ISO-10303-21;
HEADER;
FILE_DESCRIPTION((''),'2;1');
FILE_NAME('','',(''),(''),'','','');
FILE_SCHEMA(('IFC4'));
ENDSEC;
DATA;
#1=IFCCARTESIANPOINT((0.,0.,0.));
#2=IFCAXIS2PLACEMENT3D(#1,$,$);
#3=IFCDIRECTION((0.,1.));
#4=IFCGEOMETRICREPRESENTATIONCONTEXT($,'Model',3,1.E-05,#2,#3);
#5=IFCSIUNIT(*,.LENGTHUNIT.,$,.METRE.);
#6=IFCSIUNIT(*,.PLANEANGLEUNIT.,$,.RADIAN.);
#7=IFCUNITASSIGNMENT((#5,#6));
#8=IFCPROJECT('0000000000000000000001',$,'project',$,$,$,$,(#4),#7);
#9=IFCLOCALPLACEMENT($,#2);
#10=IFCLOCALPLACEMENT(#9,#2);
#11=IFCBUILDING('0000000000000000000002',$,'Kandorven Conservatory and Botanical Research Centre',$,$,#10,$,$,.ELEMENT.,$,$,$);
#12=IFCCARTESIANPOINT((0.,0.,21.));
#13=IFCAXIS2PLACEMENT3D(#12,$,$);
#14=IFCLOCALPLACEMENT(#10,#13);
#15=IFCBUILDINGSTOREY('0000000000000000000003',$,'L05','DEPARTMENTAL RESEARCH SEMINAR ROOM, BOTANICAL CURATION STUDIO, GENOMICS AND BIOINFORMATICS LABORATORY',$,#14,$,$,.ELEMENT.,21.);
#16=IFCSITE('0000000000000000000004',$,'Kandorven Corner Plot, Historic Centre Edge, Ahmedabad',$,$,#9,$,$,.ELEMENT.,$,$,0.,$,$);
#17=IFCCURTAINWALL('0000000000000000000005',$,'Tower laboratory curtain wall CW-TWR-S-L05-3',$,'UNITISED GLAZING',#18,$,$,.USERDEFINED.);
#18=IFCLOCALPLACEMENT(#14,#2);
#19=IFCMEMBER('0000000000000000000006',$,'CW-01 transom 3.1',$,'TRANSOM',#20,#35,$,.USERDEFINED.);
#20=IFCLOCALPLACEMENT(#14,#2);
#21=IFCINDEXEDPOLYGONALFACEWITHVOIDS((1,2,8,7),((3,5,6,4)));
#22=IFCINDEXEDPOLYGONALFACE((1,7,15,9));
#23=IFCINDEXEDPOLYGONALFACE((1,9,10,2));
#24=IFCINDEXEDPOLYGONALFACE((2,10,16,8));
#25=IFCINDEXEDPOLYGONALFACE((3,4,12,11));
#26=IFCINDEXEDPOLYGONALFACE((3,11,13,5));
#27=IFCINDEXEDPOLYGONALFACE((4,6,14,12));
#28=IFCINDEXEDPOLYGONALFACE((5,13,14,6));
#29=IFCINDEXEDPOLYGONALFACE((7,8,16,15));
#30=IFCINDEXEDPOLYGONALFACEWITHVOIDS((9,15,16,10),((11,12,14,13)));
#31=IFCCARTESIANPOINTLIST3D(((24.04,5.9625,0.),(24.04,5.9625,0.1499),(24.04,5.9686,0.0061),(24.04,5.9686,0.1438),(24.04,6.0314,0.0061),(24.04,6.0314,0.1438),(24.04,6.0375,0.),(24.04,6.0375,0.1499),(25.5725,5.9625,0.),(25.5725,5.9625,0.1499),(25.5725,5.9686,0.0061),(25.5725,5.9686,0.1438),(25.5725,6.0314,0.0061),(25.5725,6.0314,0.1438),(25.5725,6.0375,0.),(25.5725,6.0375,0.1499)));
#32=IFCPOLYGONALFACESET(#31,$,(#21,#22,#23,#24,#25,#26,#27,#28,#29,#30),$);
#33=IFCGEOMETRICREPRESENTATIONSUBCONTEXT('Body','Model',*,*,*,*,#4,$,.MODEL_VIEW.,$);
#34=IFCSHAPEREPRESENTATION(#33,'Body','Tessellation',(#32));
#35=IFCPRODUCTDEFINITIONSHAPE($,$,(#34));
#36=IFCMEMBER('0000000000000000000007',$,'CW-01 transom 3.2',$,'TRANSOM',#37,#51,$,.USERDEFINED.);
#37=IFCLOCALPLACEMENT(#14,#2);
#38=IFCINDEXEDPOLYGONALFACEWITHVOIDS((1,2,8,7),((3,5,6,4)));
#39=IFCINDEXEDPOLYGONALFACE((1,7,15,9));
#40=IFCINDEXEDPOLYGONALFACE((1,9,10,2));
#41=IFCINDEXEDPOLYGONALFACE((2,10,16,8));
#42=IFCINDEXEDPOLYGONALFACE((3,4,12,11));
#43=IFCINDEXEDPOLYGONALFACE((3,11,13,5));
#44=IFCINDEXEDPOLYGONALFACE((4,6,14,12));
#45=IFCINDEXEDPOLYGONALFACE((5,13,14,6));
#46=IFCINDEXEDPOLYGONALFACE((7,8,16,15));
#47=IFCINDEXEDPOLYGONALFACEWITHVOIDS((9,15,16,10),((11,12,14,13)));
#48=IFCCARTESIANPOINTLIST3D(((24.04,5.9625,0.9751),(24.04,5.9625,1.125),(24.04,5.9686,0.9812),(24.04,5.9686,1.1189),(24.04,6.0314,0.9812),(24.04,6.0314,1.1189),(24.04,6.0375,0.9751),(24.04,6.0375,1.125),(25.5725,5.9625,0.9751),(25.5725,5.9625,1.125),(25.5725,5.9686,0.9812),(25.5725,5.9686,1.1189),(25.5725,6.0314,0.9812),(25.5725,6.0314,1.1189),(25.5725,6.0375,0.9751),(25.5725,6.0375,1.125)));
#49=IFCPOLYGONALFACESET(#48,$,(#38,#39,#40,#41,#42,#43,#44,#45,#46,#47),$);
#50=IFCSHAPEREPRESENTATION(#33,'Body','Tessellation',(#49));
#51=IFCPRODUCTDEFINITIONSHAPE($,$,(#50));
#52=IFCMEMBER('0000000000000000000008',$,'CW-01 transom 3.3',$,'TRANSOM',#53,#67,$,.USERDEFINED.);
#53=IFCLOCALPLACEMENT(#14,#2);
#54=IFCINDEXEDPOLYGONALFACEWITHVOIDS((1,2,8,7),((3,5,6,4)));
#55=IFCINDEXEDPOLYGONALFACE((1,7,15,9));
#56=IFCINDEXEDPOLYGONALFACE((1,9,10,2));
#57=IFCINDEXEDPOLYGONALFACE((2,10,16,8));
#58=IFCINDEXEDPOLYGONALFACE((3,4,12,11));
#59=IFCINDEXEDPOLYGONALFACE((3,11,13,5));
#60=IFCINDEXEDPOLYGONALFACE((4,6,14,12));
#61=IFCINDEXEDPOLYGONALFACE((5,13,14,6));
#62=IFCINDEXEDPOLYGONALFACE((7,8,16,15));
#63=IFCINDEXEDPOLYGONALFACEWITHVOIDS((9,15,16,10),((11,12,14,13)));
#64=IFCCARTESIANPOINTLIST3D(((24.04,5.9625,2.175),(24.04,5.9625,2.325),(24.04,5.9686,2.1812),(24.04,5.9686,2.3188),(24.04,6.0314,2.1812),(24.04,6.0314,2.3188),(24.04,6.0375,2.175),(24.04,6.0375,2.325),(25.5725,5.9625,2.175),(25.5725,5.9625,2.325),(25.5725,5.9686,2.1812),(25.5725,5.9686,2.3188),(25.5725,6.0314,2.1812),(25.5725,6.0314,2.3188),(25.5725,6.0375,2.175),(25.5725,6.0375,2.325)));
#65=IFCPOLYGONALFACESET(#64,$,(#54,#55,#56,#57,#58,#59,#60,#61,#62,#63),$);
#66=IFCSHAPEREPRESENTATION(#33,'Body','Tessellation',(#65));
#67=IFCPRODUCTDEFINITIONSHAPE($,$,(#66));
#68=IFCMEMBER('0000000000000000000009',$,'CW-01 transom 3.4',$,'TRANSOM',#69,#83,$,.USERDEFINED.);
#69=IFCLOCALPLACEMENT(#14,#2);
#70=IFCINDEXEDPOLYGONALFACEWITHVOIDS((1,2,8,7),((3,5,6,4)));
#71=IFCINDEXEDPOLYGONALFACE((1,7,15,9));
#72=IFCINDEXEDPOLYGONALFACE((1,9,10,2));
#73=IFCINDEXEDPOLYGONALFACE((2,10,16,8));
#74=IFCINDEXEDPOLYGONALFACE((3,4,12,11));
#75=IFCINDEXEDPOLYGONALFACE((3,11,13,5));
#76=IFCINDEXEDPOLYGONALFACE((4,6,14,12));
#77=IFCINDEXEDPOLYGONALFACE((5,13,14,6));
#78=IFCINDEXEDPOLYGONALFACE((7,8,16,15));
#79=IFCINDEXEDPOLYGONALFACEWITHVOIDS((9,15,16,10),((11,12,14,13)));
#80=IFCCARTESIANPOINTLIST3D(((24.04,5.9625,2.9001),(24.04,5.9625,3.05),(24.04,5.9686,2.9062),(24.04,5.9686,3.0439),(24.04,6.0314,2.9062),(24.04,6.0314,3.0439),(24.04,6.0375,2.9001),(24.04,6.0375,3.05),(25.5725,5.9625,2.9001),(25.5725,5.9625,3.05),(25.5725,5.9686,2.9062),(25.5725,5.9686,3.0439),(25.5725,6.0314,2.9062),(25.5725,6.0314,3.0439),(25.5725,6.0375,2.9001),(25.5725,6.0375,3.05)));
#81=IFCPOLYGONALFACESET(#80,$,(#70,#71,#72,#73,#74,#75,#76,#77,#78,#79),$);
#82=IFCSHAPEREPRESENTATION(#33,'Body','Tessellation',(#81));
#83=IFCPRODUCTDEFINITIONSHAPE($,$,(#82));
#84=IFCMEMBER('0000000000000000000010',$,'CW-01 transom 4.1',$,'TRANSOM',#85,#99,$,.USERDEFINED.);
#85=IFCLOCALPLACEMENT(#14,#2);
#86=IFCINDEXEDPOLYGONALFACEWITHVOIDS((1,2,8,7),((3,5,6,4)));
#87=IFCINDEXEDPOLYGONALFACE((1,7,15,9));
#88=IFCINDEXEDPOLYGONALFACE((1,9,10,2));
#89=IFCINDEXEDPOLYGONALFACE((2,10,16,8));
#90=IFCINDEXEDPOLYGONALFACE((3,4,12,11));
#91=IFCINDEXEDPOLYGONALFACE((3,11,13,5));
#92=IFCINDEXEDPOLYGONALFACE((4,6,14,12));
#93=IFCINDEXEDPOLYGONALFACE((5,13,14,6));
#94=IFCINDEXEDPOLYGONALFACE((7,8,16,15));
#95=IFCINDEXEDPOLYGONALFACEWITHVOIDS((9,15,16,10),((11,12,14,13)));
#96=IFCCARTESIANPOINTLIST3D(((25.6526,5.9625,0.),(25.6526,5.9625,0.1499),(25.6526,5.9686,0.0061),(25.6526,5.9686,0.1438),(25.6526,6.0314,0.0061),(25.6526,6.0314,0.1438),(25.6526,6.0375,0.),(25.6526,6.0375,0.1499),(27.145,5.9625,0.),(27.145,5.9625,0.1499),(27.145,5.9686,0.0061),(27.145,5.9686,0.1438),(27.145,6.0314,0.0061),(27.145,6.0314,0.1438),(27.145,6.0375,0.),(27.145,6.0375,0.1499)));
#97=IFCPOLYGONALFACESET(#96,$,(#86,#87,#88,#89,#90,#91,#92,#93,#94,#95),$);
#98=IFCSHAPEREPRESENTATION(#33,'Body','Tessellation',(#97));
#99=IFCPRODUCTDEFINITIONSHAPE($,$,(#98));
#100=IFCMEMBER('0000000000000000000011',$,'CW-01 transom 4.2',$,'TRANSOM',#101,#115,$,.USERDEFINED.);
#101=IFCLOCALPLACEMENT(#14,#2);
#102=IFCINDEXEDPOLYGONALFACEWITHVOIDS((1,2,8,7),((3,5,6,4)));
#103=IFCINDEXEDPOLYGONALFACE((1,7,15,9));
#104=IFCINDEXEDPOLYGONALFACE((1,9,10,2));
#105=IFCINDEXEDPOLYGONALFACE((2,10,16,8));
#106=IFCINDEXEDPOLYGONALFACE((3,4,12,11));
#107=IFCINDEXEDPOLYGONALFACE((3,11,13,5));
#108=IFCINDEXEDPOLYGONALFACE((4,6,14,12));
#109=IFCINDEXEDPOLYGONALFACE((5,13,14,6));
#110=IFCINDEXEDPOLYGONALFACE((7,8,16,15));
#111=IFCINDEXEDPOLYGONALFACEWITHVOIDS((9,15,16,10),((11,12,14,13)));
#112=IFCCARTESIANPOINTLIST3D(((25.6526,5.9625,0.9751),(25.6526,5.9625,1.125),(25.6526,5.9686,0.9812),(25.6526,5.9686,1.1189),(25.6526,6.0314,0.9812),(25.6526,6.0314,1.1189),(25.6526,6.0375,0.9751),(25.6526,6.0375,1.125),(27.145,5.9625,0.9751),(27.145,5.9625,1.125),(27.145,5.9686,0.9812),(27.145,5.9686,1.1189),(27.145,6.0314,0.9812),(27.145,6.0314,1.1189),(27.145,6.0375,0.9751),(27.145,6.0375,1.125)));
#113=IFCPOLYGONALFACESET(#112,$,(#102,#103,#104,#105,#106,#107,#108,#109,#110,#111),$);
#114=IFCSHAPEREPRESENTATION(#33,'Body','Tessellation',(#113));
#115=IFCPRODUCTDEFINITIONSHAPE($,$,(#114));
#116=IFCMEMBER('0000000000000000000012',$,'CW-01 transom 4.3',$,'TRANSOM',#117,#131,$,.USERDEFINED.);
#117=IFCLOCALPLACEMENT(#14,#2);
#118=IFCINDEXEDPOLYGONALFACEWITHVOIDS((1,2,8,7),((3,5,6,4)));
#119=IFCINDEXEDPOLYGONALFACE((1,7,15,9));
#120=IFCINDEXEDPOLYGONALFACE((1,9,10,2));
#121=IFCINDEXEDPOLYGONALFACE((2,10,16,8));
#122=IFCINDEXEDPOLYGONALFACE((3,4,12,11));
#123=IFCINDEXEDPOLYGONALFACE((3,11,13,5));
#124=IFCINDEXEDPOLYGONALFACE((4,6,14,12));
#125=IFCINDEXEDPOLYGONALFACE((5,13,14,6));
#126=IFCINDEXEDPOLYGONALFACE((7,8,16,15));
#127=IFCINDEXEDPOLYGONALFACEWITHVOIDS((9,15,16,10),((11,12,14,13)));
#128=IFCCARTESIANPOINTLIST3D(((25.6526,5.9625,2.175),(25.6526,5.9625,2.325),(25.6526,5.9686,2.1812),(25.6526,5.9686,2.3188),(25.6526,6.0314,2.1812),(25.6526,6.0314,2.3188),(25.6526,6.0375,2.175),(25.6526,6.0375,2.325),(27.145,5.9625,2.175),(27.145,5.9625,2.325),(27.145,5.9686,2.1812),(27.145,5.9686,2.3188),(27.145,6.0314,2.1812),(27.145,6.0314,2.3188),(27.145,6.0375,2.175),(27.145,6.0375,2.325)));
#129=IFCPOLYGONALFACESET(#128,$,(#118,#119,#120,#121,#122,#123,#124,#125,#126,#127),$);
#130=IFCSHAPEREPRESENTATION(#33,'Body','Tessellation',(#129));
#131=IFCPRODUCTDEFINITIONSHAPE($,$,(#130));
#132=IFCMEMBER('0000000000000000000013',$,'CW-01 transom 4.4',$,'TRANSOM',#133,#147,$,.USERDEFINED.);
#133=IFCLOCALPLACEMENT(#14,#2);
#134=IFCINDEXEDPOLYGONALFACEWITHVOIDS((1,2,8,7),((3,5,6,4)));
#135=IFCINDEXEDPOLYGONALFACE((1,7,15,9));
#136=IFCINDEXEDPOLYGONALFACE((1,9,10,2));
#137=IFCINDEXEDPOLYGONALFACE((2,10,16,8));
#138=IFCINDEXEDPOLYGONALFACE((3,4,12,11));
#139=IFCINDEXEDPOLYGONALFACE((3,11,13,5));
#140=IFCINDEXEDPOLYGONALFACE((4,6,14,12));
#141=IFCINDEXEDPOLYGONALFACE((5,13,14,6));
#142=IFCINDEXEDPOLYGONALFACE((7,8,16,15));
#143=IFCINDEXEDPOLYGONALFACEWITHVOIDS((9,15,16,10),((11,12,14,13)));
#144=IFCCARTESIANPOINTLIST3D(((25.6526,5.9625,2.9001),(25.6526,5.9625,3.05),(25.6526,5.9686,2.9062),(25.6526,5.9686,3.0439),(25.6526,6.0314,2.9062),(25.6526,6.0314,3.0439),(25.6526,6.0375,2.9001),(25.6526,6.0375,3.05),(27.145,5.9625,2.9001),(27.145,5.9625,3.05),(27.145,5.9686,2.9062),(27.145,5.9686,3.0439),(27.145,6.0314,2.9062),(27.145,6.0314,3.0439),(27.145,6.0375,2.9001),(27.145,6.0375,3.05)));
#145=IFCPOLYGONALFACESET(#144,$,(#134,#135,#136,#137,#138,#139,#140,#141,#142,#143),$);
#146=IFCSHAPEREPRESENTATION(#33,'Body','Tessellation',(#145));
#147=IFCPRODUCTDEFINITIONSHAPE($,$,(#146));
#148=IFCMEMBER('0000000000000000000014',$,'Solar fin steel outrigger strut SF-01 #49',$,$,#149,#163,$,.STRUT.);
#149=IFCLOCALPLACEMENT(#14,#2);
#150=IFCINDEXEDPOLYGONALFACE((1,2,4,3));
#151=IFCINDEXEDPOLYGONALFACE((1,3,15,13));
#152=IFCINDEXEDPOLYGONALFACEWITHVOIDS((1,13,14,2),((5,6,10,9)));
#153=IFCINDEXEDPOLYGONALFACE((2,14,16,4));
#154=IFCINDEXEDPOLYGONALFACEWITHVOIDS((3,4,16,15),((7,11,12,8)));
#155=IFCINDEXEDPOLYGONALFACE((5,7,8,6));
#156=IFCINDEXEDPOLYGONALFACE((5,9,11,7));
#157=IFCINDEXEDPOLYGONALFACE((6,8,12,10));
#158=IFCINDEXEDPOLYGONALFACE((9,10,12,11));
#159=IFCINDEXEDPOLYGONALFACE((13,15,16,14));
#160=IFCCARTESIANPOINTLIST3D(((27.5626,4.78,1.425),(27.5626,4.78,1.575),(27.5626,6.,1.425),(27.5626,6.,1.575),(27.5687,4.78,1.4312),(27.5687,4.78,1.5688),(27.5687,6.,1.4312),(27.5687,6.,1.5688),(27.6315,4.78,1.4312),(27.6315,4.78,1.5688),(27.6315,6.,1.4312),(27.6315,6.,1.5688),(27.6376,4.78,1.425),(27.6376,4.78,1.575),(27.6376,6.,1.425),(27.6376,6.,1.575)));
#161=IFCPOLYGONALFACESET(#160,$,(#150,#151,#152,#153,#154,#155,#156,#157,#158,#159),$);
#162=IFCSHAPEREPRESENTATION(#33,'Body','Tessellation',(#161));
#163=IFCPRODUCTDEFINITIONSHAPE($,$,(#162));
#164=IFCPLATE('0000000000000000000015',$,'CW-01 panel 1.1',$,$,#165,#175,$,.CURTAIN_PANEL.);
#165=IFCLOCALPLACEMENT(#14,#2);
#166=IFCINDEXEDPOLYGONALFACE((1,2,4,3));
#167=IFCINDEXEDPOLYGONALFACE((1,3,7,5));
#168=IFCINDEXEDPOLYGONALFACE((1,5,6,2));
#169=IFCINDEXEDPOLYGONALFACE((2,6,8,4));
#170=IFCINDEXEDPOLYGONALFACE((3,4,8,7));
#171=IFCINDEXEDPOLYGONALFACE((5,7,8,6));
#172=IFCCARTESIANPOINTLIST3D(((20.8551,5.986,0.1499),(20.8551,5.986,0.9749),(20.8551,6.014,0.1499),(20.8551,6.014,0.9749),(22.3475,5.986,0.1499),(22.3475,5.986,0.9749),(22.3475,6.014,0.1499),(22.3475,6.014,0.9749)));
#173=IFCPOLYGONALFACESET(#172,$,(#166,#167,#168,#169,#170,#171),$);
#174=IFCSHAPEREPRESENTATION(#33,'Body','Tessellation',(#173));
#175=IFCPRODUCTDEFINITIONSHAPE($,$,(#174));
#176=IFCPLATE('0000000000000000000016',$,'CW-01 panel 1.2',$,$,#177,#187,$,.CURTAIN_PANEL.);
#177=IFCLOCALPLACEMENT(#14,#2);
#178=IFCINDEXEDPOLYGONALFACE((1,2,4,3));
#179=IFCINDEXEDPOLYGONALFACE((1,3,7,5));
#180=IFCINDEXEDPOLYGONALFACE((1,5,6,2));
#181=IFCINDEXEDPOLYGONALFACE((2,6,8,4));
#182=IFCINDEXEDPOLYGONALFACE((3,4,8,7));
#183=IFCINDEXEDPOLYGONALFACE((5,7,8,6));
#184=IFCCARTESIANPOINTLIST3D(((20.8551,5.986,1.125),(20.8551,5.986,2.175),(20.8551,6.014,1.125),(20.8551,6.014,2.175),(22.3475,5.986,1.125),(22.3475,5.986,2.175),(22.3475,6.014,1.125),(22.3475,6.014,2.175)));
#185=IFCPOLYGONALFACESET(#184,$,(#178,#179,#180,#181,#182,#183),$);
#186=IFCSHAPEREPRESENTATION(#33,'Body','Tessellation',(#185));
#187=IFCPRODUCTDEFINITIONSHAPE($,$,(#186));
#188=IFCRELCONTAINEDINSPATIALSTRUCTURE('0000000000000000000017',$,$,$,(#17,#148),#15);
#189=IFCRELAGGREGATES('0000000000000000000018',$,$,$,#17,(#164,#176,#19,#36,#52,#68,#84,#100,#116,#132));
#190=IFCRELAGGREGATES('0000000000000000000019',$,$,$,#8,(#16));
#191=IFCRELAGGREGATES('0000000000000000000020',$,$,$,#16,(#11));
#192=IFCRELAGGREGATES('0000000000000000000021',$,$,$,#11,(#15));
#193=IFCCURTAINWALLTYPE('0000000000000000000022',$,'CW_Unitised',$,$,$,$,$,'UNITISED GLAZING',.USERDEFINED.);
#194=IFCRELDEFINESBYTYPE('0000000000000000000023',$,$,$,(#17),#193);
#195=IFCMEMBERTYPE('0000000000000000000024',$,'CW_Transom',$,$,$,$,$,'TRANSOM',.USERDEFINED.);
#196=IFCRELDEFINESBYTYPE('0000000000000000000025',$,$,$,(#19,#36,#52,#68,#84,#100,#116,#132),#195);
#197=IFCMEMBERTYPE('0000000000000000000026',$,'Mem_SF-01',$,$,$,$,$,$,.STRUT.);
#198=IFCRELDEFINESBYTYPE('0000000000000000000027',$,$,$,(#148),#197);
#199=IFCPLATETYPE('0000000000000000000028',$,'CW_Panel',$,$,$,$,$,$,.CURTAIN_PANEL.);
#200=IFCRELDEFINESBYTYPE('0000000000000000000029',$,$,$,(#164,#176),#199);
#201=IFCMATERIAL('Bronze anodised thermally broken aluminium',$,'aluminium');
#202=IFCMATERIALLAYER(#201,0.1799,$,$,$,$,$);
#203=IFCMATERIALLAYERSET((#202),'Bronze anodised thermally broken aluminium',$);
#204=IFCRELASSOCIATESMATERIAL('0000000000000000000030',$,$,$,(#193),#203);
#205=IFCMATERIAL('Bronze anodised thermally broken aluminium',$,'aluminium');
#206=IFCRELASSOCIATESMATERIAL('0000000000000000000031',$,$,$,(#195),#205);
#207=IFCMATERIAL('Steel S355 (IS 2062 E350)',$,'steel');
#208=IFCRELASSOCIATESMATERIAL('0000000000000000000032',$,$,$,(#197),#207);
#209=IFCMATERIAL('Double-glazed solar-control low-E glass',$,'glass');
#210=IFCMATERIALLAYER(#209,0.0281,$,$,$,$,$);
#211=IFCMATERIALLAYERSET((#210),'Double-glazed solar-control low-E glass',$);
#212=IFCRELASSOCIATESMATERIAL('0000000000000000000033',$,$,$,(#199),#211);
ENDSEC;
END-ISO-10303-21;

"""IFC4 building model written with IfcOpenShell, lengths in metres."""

from ifc_helpers import new_model, si_unit, direction, frame, origin, origin_2d, place, context, subcontext, project, spatial, rectangle, hollow_rectangle, extrude, material, layer, layer_set, material_profile, profile_set, type_object, element, aggregate, save


model = new_model("IFC4")

# Units and contexts
model_context = context("Model", 3, precision=1e-05, world=origin(), true_north=direction((0.0, 1.0)))
body_context = subcontext(model_context, "Body", "Model", "MODEL_VIEW")
ifc_project = project(units=[si_unit("LENGTHUNIT", "METRE"), si_unit("PLANEANGLEUNIT", "RADIAN")], contexts=[model_context])

# Site, building, storey
site_placement = place(None, origin())
site = spatial("IfcSite", under=ifc_project, at=site_placement, Name="Kandorven Corner Plot, Historic Centre Edge, Ahmedabad", CompositionType="ELEMENT", RefElevation=0.0)
building_placement = place(site_placement, origin())
building = spatial("IfcBuilding", under=site, at=building_placement, Name="Kandorven Conservatory and Botanical Research Centre", CompositionType="ELEMENT")
storey_placement = place(building_placement, frame((0.0, 0.0, 21.0)))
storey = spatial("IfcBuildingStorey", under=building, at=storey_placement, Name="L05", Description="DEPARTMENTAL RESEARCH SEMINAR ROOM, BOTANICAL CURATION STUDIO, GENOMICS AND BIOINFORMATICS LABORATORY", CompositionType="ELEMENT", Elevation=21.0)

# Curtain wall, members
ifc_material_1 = material(Name="Bronze anodised thermally broken aluminium", Category="aluminium")
ifc_layer_1 = layer(ifc_material_1, 0.1799)
ifc_layer_set_1 = layer_set([ifc_layer_1], Name="Bronze anodised thermally broken aluminium")
curtain_wall_type = type_object("IfcCurtainWallType", Name="CW_Unitised", ElementType="UNITISED GLAZING", PredefinedType="USERDEFINED", material=ifc_layer_set_1)
curtain_wall_placement = place(storey_placement, origin())
curtain_wall = element("IfcCurtainWall", 1, at=curtain_wall_placement, inside=storey, type_object=curtain_wall_type, Name="Tower laboratory curtain wall CW-TWR-S-L05-3", ObjectType="UNITISED GLAZING", PredefinedType="USERDEFINED")
ifc_material_2 = material(Name="Bronze anodised thermally broken aluminium", Category="aluminium")
ifc_material_profile_1 = material_profile(ifc_material_2, hollow_rectangle(XDim=0.075, YDim=0.1499, WallThickness=0.0061, at=origin_2d()))
ifc_profile_set_1 = profile_set([ifc_material_profile_1], Name="Bronze anodised thermally broken aluminium")
member_type_1 = type_object("IfcMemberType", Name="CW_Transom", ElementType="TRANSOM", PredefinedType="USERDEFINED", material=ifc_profile_set_1)
member_1_placement = place(storey_placement, frame((24.04, 6.0, 0.075), z_axis=(1.0, 0.0, 0.0), x_axis=(0.0, 1.0, 0.0)))
member_1 = element("IfcMember", 2, at=member_1_placement, type_object=member_type_1, Name="CW-01 transom 3.1", ObjectType="TRANSOM", PredefinedType="USERDEFINED", context=body_context, shape_type="SweptSolid", body=[
    extrude(hollow_rectangle(XDim=0.075, YDim=0.1499, WallThickness=0.0061, at=origin_2d()), origin(), (0.0, 0.0, 1.0), 1.5325),
])
member_2_placement = place(storey_placement, frame((24.04, 6.0, 1.05), z_axis=(1.0, 0.0, 0.0), x_axis=(0.0, 1.0, 0.0)))
member_2 = element("IfcMember", 3, at=member_2_placement, type_object=member_type_1, Name="CW-01 transom 3.2", ObjectType="TRANSOM", PredefinedType="USERDEFINED", context=body_context, shape_type="SweptSolid", body=[
    extrude(hollow_rectangle(XDim=0.075, YDim=0.1499, WallThickness=0.0061, at=origin_2d()), origin(), (0.0, 0.0, 1.0), 1.5325),
])
member_3_placement = place(storey_placement, frame((24.04, 6.0, 2.25), z_axis=(1.0, 0.0, 0.0), x_axis=(0.0, 1.0, 0.0)))
member_3 = element("IfcMember", 4, at=member_3_placement, type_object=member_type_1, Name="CW-01 transom 3.3", ObjectType="TRANSOM", PredefinedType="USERDEFINED", context=body_context, shape_type="SweptSolid", body=[
    extrude(hollow_rectangle(XDim=0.075, YDim=0.1499, WallThickness=0.0061, at=origin_2d()), origin(), (0.0, 0.0, 1.0), 1.5325),
])
member_4_placement = place(storey_placement, frame((24.04, 6.0, 2.9751), z_axis=(1.0, 0.0, 0.0), x_axis=(0.0, 1.0, 0.0)))
member_4 = element("IfcMember", 5, at=member_4_placement, type_object=member_type_1, Name="CW-01 transom 3.4", ObjectType="TRANSOM", PredefinedType="USERDEFINED", context=body_context, shape_type="SweptSolid", body=[
    extrude(hollow_rectangle(XDim=0.075, YDim=0.1499, WallThickness=0.0061, at=origin_2d()), origin(), (0.0, 0.0, 1.0), 1.5325),
])
member_5_placement = place(storey_placement, frame((25.6526, 6.0, 0.075), z_axis=(1.0, 0.0, 0.0), x_axis=(0.0, 1.0, 0.0)))
member_5 = element("IfcMember", 6, at=member_5_placement, type_object=member_type_1, Name="CW-01 transom 4.1", ObjectType="TRANSOM", PredefinedType="USERDEFINED", context=body_context, shape_type="SweptSolid", body=[
    extrude(hollow_rectangle(XDim=0.075, YDim=0.1499, WallThickness=0.0061, at=origin_2d()), origin(), (0.0, 0.0, 1.0), 1.4924),
])
member_6_placement = place(storey_placement, frame((25.6526, 6.0, 1.05), z_axis=(1.0, 0.0, 0.0), x_axis=(0.0, 1.0, 0.0)))
member_6 = element("IfcMember", 7, at=member_6_placement, type_object=member_type_1, Name="CW-01 transom 4.2", ObjectType="TRANSOM", PredefinedType="USERDEFINED", context=body_context, shape_type="SweptSolid", body=[
    extrude(hollow_rectangle(XDim=0.075, YDim=0.1499, WallThickness=0.0061, at=origin_2d()), origin(), (0.0, 0.0, 1.0), 1.4924),
])
member_7_placement = place(storey_placement, frame((25.6526, 6.0, 2.25), z_axis=(1.0, 0.0, 0.0), x_axis=(0.0, 1.0, 0.0)))
member_7 = element("IfcMember", 8, at=member_7_placement, type_object=member_type_1, Name="CW-01 transom 4.3", ObjectType="TRANSOM", PredefinedType="USERDEFINED", context=body_context, shape_type="SweptSolid", body=[
    extrude(hollow_rectangle(XDim=0.075, YDim=0.1499, WallThickness=0.0061, at=origin_2d()), origin(), (0.0, 0.0, 1.0), 1.4924),
])
member_8_placement = place(storey_placement, frame((25.6526, 6.0, 2.9751), z_axis=(1.0, 0.0, 0.0), x_axis=(0.0, 1.0, 0.0)))
member_8 = element("IfcMember", 9, at=member_8_placement, type_object=member_type_1, Name="CW-01 transom 4.4", ObjectType="TRANSOM", PredefinedType="USERDEFINED", context=body_context, shape_type="SweptSolid", body=[
    extrude(hollow_rectangle(XDim=0.075, YDim=0.1499, WallThickness=0.0061, at=origin_2d()), origin(), (0.0, 0.0, 1.0), 1.4924),
])

# Member
ifc_material_3 = material(Name="Steel S355 (IS 2062 E350)", Category="steel")
ifc_material_profile_2 = material_profile(ifc_material_3, hollow_rectangle(XDim=0.075, YDim=0.1499, WallThickness=0.0061, at=origin_2d()))
ifc_profile_set_2 = profile_set([ifc_material_profile_2], Name="Steel S355 (IS 2062 E350)")
member_type_2 = type_object("IfcMemberType", Name="Mem_SF-01", PredefinedType="STRUT", material=ifc_profile_set_2)
member_9_placement = place(storey_placement, frame((27.6001, 6.0, 1.5), z_axis=(0.0, -1.0, 0.0), x_axis=(1.0, 0.0, 0.0)))
element("IfcMember", 10, at=member_9_placement, inside=storey, type_object=member_type_2, Name="Solar fin steel outrigger strut SF-01 #49", PredefinedType="STRUT", context=body_context, shape_type="SweptSolid", body=[
    extrude(hollow_rectangle(XDim=0.075, YDim=0.1499, WallThickness=0.0061, at=origin_2d()), origin(), (0.0, 0.0, 1.0), 1.22),
])

# Plates
ifc_material_4 = material(Name="Double-glazed solar-control low-E glass", Category="glass")
ifc_layer_2 = layer(ifc_material_4, 0.0281)
ifc_layer_set_2 = layer_set([ifc_layer_2], Name="Double-glazed solar-control low-E glass")
plate_type_1 = type_object("IfcPlateType", Name="CW_Panel", PredefinedType="CURTAIN_PANEL", material=ifc_layer_set_2)
plate_1_placement = place(storey_placement, frame((21.6013, 6.0, 0.1499), z_axis=(0.0, 0.0, 1.0), x_axis=(1.0, 0.0, 0.0)))
plate_1 = element("IfcPlate", 11, at=plate_1_placement, type_object=plate_type_1, Name="CW-01 panel 1.1", PredefinedType="CURTAIN_PANEL", context=body_context, shape_type="SweptSolid", body=[
    extrude(rectangle(XDim=1.4924, YDim=0.0281, at=origin_2d()), origin(), (0.0, 0.0, 1.0), 0.825),
])
plate_2_placement = place(storey_placement, frame((21.6013, 6.0, 1.125), z_axis=(0.0, 0.0, 1.0), x_axis=(1.0, 0.0, 0.0)))
plate_2 = element("IfcPlate", 12, at=plate_2_placement, type_object=plate_type_1, Name="CW-01 panel 1.2", PredefinedType="CURTAIN_PANEL", context=body_context, shape_type="SweptSolid", body=[
    extrude(rectangle(XDim=1.4924, YDim=0.0281, at=origin_2d()), origin(), (0.0, 0.0, 1.0), 1.05),
])
aggregate(curtain_wall, [plate_1, plate_2, member_1, member_2, member_3, member_4, member_5, member_6, member_7, member_8])

save(model, "model.ifc")
